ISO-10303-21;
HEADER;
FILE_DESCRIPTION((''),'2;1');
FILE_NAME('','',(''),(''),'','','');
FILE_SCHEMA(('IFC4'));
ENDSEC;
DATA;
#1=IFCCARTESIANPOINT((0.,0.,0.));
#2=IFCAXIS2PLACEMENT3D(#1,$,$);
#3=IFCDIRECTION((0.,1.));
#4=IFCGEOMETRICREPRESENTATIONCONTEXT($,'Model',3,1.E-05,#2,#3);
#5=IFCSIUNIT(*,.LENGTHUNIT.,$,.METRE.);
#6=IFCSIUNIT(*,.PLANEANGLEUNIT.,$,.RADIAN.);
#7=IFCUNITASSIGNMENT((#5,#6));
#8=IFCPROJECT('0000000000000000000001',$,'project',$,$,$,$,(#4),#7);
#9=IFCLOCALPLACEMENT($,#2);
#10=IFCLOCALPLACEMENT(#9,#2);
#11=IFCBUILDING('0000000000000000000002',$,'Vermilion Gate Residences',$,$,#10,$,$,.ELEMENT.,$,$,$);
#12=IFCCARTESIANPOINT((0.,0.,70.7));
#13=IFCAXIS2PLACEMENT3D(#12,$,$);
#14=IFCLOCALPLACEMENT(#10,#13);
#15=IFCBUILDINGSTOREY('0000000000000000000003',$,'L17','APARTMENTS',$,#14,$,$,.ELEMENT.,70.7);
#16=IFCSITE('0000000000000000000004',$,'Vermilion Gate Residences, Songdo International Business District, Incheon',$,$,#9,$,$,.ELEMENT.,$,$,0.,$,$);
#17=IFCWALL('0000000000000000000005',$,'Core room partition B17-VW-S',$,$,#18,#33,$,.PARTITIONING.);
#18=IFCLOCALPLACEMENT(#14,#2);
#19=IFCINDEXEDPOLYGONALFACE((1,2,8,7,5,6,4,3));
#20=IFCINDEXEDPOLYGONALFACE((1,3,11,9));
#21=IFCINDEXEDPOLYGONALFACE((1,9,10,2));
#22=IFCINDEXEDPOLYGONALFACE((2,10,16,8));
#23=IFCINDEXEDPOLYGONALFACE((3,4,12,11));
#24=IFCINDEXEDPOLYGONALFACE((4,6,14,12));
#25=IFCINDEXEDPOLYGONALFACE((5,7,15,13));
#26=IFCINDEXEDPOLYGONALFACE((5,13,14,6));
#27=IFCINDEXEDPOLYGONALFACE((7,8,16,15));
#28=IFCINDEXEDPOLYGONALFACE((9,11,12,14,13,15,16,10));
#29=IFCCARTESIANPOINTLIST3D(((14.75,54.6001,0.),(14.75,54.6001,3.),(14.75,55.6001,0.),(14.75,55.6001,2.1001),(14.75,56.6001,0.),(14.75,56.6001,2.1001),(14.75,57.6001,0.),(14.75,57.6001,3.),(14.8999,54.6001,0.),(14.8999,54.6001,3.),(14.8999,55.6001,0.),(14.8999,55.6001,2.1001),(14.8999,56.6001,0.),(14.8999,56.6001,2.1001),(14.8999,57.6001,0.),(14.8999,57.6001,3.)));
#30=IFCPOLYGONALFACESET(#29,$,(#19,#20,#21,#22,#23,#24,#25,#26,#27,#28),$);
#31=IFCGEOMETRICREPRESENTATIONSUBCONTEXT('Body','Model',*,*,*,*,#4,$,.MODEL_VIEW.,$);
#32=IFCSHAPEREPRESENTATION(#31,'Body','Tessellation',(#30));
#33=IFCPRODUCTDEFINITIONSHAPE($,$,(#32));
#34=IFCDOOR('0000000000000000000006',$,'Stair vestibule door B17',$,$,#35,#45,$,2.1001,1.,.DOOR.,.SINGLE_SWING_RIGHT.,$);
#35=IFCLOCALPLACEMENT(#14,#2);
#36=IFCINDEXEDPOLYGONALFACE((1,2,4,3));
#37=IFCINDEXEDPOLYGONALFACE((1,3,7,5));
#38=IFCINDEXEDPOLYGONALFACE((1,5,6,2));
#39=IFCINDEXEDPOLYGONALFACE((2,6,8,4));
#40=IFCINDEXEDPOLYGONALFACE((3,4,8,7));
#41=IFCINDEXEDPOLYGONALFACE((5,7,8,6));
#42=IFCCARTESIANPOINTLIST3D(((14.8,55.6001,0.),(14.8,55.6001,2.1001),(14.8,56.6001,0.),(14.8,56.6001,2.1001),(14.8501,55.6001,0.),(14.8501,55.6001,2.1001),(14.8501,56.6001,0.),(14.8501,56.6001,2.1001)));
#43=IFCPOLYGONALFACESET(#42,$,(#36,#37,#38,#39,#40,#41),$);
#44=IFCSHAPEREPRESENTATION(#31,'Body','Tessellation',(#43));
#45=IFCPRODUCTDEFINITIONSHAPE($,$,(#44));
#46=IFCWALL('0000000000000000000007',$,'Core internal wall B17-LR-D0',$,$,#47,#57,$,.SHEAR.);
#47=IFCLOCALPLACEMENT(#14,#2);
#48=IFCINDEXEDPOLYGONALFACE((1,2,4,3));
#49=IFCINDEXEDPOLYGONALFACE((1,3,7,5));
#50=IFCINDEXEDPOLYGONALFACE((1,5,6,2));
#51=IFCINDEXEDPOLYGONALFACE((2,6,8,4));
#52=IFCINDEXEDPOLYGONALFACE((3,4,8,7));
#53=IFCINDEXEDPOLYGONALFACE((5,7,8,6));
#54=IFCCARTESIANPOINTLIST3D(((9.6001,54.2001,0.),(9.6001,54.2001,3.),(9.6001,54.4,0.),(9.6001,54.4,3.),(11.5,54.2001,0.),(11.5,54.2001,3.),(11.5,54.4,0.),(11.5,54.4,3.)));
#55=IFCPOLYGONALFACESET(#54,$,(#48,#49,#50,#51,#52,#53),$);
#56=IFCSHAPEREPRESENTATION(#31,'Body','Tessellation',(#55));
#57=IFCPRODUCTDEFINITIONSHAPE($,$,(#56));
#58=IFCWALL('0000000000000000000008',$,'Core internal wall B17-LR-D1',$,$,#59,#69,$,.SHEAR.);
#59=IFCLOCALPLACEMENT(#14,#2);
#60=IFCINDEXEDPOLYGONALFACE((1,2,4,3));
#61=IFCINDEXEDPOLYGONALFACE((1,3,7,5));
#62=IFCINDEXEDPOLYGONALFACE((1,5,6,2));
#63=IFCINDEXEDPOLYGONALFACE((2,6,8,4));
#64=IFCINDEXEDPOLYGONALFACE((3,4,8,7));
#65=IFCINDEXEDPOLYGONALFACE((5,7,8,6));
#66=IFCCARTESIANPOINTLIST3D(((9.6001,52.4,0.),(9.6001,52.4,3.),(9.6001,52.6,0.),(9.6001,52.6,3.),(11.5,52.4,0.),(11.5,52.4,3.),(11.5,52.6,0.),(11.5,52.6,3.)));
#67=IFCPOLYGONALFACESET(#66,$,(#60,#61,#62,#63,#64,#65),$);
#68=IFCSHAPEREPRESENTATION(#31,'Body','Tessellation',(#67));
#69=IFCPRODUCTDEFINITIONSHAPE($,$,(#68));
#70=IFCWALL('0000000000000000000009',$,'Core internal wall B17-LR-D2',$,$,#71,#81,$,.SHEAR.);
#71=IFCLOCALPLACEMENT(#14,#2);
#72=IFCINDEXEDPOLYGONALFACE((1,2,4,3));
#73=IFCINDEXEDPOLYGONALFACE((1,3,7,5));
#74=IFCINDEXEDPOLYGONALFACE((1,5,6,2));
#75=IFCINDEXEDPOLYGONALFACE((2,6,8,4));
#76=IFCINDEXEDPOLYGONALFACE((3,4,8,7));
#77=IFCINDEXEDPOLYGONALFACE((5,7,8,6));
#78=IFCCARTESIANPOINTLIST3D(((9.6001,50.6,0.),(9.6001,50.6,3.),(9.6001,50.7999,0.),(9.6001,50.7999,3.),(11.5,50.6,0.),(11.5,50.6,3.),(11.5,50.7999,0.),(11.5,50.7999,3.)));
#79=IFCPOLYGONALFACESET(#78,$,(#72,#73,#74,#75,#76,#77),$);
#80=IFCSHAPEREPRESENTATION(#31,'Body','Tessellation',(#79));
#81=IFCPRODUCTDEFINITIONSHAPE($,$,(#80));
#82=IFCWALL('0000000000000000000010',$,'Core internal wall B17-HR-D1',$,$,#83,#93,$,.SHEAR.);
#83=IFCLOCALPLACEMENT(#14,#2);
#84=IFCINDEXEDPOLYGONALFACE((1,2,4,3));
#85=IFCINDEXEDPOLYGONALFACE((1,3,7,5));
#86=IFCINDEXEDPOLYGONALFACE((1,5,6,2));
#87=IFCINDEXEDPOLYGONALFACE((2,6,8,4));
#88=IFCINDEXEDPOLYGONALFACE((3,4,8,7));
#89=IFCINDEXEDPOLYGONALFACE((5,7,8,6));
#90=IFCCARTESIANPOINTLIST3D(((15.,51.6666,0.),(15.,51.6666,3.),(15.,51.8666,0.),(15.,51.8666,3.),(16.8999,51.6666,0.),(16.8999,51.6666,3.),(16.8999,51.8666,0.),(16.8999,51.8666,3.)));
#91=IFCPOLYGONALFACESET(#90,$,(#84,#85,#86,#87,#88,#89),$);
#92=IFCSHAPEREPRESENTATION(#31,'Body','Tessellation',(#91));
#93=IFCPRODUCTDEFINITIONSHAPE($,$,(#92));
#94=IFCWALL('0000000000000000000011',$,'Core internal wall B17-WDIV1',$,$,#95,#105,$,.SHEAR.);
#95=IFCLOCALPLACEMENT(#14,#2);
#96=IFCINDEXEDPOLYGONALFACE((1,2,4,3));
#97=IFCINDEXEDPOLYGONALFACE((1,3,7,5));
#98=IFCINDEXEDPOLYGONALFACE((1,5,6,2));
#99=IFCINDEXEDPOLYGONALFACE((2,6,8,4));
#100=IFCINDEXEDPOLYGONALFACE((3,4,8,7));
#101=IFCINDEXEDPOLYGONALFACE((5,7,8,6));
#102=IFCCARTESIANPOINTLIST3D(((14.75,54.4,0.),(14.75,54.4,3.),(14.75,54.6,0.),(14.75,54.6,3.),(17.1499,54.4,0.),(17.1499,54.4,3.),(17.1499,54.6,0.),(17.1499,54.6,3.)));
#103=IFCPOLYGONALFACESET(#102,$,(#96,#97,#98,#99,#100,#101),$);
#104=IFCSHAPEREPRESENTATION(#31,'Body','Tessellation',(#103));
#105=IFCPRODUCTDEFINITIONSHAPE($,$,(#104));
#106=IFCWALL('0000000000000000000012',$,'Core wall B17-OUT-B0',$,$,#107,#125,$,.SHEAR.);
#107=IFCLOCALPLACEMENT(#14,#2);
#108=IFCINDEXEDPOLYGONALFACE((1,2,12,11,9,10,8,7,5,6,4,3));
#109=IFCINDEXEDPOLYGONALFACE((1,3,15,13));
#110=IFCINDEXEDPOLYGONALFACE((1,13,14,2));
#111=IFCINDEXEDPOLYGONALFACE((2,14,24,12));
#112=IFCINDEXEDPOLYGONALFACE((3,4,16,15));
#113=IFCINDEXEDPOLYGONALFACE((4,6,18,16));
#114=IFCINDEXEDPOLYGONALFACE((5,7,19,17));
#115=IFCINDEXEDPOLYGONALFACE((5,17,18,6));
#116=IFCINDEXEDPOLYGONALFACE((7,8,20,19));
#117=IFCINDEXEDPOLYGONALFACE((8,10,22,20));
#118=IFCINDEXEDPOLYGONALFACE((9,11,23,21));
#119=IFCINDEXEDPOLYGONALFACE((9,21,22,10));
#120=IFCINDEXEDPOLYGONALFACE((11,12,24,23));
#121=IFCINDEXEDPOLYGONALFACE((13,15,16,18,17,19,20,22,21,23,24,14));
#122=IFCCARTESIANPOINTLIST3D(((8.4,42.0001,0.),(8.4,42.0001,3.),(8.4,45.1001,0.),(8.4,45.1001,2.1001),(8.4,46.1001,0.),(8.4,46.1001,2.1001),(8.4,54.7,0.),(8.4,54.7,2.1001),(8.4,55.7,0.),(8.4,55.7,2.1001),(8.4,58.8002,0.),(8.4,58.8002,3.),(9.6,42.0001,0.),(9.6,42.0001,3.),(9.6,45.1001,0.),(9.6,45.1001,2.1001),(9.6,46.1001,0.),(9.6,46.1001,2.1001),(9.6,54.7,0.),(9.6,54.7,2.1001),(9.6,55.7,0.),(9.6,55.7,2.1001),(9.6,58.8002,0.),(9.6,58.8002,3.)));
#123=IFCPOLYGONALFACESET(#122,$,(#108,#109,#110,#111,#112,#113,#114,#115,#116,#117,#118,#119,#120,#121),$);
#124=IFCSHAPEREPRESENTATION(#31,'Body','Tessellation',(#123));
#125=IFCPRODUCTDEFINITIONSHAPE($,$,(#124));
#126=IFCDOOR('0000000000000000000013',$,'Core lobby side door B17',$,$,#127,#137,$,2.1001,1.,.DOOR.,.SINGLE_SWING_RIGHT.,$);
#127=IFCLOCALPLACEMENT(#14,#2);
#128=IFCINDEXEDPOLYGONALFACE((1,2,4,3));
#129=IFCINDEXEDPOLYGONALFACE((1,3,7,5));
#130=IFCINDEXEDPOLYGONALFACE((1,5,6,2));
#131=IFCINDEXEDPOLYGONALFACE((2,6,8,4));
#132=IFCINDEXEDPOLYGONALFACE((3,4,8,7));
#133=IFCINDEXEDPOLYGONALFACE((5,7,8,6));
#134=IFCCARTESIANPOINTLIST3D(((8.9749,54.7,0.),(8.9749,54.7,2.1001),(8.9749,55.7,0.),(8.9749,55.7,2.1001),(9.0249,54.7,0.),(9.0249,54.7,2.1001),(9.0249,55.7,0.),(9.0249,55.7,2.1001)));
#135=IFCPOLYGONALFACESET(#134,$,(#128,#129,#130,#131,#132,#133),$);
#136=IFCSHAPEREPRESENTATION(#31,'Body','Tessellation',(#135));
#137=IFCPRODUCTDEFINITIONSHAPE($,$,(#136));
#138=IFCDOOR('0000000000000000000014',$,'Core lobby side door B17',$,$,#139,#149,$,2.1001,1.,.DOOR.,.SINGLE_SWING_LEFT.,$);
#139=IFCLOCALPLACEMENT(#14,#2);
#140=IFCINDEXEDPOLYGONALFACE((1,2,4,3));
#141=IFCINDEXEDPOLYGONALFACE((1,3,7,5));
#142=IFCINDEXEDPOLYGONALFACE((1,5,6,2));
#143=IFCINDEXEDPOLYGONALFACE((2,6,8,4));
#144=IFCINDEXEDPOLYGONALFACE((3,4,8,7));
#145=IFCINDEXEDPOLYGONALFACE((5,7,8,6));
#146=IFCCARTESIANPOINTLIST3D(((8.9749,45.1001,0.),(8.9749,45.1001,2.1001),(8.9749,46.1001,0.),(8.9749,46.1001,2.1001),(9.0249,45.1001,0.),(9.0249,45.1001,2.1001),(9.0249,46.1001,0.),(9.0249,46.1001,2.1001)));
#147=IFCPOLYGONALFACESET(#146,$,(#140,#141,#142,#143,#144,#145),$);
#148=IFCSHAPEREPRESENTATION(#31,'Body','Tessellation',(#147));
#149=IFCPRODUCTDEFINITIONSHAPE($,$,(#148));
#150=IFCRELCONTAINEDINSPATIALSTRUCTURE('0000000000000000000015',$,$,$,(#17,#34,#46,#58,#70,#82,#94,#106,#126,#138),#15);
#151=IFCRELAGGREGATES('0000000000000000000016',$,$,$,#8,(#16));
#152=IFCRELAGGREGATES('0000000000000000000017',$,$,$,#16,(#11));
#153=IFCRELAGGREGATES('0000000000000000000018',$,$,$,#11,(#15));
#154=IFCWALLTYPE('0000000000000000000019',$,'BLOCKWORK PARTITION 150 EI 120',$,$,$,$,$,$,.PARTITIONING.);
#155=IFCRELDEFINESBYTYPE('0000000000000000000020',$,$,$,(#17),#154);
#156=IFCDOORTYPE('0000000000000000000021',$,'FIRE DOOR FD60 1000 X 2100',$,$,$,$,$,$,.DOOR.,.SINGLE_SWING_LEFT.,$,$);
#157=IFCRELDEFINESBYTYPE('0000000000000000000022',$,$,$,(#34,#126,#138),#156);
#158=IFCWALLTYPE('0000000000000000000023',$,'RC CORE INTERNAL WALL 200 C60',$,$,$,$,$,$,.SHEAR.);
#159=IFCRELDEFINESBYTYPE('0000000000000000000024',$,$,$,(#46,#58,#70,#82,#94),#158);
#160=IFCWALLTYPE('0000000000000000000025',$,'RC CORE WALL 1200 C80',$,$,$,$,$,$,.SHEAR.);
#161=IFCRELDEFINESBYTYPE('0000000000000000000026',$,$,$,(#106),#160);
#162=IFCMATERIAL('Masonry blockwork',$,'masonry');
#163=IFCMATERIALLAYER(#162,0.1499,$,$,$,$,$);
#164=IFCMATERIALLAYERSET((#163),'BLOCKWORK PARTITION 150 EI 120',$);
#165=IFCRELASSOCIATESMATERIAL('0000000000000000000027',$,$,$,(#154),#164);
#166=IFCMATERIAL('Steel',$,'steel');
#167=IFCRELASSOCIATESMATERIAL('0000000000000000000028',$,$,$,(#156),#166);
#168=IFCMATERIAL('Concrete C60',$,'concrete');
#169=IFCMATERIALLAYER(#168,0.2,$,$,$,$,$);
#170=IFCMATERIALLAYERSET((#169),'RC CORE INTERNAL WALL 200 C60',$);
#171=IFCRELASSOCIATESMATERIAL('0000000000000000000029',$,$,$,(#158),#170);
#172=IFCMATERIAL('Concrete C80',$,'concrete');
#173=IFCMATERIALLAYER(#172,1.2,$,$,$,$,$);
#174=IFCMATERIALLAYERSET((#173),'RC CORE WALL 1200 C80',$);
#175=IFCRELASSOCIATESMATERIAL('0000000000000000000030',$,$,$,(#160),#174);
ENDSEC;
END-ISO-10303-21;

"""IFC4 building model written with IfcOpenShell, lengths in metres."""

from ifc_helpers import new_model, si_unit, direction, frame, frame_2d, origin, place, context, subcontext, project, spatial, rectangle, extrude, material, layer, layer_set, type_object, element, fill, save


model = new_model("IFC4")

# Units and contexts
model_context = context("Model", 3, precision=1e-05, world=origin(), true_north=direction((0.0, 1.0)))
body_context = subcontext(model_context, "Body", "Model", "MODEL_VIEW")
ifc_project = project(units=[si_unit("LENGTHUNIT", "METRE"), si_unit("PLANEANGLEUNIT", "RADIAN")], contexts=[model_context])

# Site, building, storey
site_placement = place(None, origin())
site = spatial("IfcSite", under=ifc_project, at=site_placement, Name="Vermilion Gate Residences, Songdo International Business District, Incheon", CompositionType="ELEMENT", RefElevation=0.0)
building_placement = place(site_placement, origin())
building = spatial("IfcBuilding", under=site, at=building_placement, Name="Vermilion Gate Residences", CompositionType="ELEMENT")
storey_placement = place(building_placement, frame((0.0, 0.0, 70.7)))
storey = spatial("IfcBuildingStorey", under=building, at=storey_placement, Name="L17", Description="APARTMENTS", CompositionType="ELEMENT", Elevation=70.7)

# Wall, opening, door
ifc_material_1 = material(Name="Masonry blockwork", Category="masonry")
ifc_layer_1 = layer(ifc_material_1, 0.1499)
ifc_layer_set_1 = layer_set([ifc_layer_1], Name="BLOCKWORK PARTITION 150 EI 120")
wall_type_1 = type_object("IfcWallType", Name="BLOCKWORK PARTITION 150 EI 120", PredefinedType="PARTITIONING", material=ifc_layer_set_1)
wall_1_placement = place(storey_placement, frame((14.825, 57.6001, 0.0), z_axis=(0.0, 0.0, 1.0), x_axis=(0.0, -1.0, 0.0)))
wall_1 = element("IfcWall", 1, at=wall_1_placement, inside=storey, type_object=wall_type_1, Name="Core room partition B17-VW-S", PredefinedType="PARTITIONING", context=body_context, shape_type="SweptSolid", body=[
    extrude(rectangle(XDim=3.0, YDim=0.1499, at=frame_2d((1.5, 0.0))), origin(), (0.0, 0.0, 1.0), 3.0),
])
opening_1_placement = place(wall_1_placement, frame((1.0, 0.0, 0.0)))
opening_1 = element("IfcOpeningElement", 2, at=opening_1_placement, cuts=wall_1, PredefinedType="OPENING", context=body_context, shape_type="SweptSolid", body=[
    extrude(rectangle(XDim=1.0, YDim=2.1001, at=frame_2d((0.5, 1.05))), frame((0.0, 0.085, 0.0), z_axis=(0.0, -1.0, 0.0), x_axis=(1.0, 0.0, 0.0)), (0.0, 0.0, 1.0), 0.1699),
])
ifc_material_2 = material(Name="Steel", Category="steel")
door_type_1 = type_object("IfcDoorType", Name="FIRE DOOR FD60 1000 X 2100", OperationType="SINGLE_SWING_LEFT", PredefinedType="DOOR", material=ifc_material_2)
door_1_placement = place(opening_1_placement, frame((1.0, 0.0, 0.0), z_axis=(0.0, 0.0, 1.0), x_axis=(-1.0, 0.0, 0.0)))
door_1 = element("IfcDoor", 3, at=door_1_placement, inside=storey, type_object=door_type_1, Name="Stair vestibule door B17", OperationType="SINGLE_SWING_RIGHT", OverallHeight=2.1001, OverallWidth=1.0, PredefinedType="DOOR", context=body_context, shape_type="SweptSolid", body=[
    extrude(rectangle(XDim=1.0, YDim=2.1001, at=frame_2d((0.5, 1.05))), frame((0.0, 0.0249, 0.0), z_axis=(0.0, -1.0, 0.0), x_axis=(1.0, 0.0, 0.0)), (0.0, 0.0, 1.0), 0.05),
])
fill(opening_1, door_1)

# Walls
ifc_material_3 = material(Name="Concrete C60", Category="concrete")
ifc_layer_2 = layer(ifc_material_3, 0.2)
ifc_layer_set_2 = layer_set([ifc_layer_2], Name="RC CORE INTERNAL WALL 200 C60")
wall_type_2 = type_object("IfcWallType", Name="RC CORE INTERNAL WALL 200 C60", PredefinedType="SHEAR", material=ifc_layer_set_2)
for number, where, z_axis, x_axis, name in (
    (4, (9.6001, 54.3, 0.0), (0.0, 0.0, 1.0), (1.0, 0.0, 0.0), "Core internal wall B17-LR-D0"),
    (5, (9.6001, 52.5, 0.0), (0.0, 0.0, 1.0), (1.0, 0.0, 0.0), "Core internal wall B17-LR-D1"),
    (6, (9.6001, 50.7, 0.0), (0.0, 0.0, 1.0), (1.0, 0.0, 0.0), "Core internal wall B17-LR-D2"),
    (7, (15.0, 51.7666, 0.0), (0.0, 0.0, 1.0), (1.0, 0.0, 0.0), "Core internal wall B17-HR-D1"),
):
    element("IfcWall", number, at=place(storey_placement, frame(where, z_axis=z_axis, x_axis=x_axis)), inside=storey, type_object=wall_type_2, Name=name, PredefinedType="SHEAR", context=body_context, shape_type="SweptSolid", body=[
        extrude(rectangle(XDim=1.8999, YDim=0.2, at=frame_2d((0.95, 0.0))), origin(), (0.0, 0.0, 1.0), 3.0),
    ])
wall_2_placement = place(storey_placement, frame((14.75, 54.5, 0.0), z_axis=(0.0, 0.0, 1.0), x_axis=(1.0, 0.0, 0.0)))
element("IfcWall", 8, at=wall_2_placement, inside=storey, type_object=wall_type_2, Name="Core internal wall B17-WDIV1", PredefinedType="SHEAR", context=body_context, shape_type="SweptSolid", body=[
    extrude(rectangle(XDim=2.3999, YDim=0.2, at=frame_2d((1.2, 0.0))), origin(), (0.0, 0.0, 1.0), 3.0),
])

# Wall, openings, doors
ifc_material_4 = material(Name="Concrete C80", Category="concrete")
ifc_layer_3 = layer(ifc_material_4, 1.2)
ifc_layer_set_3 = layer_set([ifc_layer_3], Name="RC CORE WALL 1200 C80")
wall_type_3 = type_object("IfcWallType", Name="RC CORE WALL 1200 C80", PredefinedType="SHEAR", material=ifc_layer_set_3)
wall_3_placement = place(storey_placement, frame((9.0, 58.8, 0.0), z_axis=(0.0, 0.0, 1.0), x_axis=(0.0, -1.0, 0.0)))
wall_3 = element("IfcWall", 9, at=wall_3_placement, inside=storey, type_object=wall_type_3, Name="Core wall B17-OUT-B0", PredefinedType="SHEAR", context=body_context, shape_type="SweptSolid", body=[
    extrude(rectangle(XDim=16.8, YDim=1.2, at=frame_2d((8.3999, 0.0))), origin(), (0.0, 0.0, 1.0), 3.0),
])
opening_2_placement = place(wall_3_placement, frame((3.1001, 0.0, 0.0)))
opening_2 = element("IfcOpeningElement", 10, at=opening_2_placement, cuts=wall_3, PredefinedType="OPENING", context=body_context, shape_type="SweptSolid", body=[
    extrude(rectangle(XDim=1.0, YDim=2.1001, at=frame_2d((0.5, 1.05))), frame((0.0, 0.6099, 0.0), z_axis=(0.0, -1.0, 0.0), x_axis=(1.0, 0.0, 0.0)), (0.0, 0.0, 1.0), 1.22),
])
opening_3_placement = place(wall_3_placement, frame((12.7, 0.0, 0.0)))
opening_3 = element("IfcOpeningElement", 11, at=opening_3_placement, cuts=wall_3, PredefinedType="OPENING", context=body_context, shape_type="SweptSolid", body=[
    extrude(rectangle(XDim=1.0, YDim=2.1001, at=frame_2d((0.5, 1.05))), frame((0.0, 0.6099, 0.0), z_axis=(0.0, -1.0, 0.0), x_axis=(1.0, 0.0, 0.0)), (0.0, 0.0, 1.0), 1.22),
])
door_2_placement = place(opening_2_placement, origin())
door_2 = element("IfcDoor", 12, at=door_2_placement, inside=storey, type_object=door_type_1, Name="Core lobby side door B17", OperationType="SINGLE_SWING_RIGHT", OverallHeight=2.1001, OverallWidth=1.0, PredefinedType="DOOR", context=body_context, shape_type="SweptSolid", body=[
    extrude(rectangle(XDim=1.0, YDim=2.1001, at=frame_2d((0.5, 1.05))), frame((0.0, 0.0249, 0.0), z_axis=(0.0, -1.0, 0.0), x_axis=(1.0, 0.0, 0.0)), (0.0, 0.0, 1.0), 0.05),
])
fill(opening_2, door_2)
door_3_placement = place(opening_3_placement, origin())
door_3 = element("IfcDoor", 13, at=door_3_placement, inside=storey, type_object=door_type_1, Name="Core lobby side door B17", OperationType="SINGLE_SWING_LEFT", OverallHeight=2.1001, OverallWidth=1.0, PredefinedType="DOOR", context=body_context, shape_type="SweptSolid", body=[
    extrude(rectangle(XDim=1.0, YDim=2.1001, at=frame_2d((0.5, 1.05))), frame((0.0, 0.0249, 0.0), z_axis=(0.0, -1.0, 0.0), x_axis=(1.0, 0.0, 0.0)), (0.0, 0.0, 1.0), 0.05),
])
fill(opening_3, door_3)

save(model, "model.ifc")
